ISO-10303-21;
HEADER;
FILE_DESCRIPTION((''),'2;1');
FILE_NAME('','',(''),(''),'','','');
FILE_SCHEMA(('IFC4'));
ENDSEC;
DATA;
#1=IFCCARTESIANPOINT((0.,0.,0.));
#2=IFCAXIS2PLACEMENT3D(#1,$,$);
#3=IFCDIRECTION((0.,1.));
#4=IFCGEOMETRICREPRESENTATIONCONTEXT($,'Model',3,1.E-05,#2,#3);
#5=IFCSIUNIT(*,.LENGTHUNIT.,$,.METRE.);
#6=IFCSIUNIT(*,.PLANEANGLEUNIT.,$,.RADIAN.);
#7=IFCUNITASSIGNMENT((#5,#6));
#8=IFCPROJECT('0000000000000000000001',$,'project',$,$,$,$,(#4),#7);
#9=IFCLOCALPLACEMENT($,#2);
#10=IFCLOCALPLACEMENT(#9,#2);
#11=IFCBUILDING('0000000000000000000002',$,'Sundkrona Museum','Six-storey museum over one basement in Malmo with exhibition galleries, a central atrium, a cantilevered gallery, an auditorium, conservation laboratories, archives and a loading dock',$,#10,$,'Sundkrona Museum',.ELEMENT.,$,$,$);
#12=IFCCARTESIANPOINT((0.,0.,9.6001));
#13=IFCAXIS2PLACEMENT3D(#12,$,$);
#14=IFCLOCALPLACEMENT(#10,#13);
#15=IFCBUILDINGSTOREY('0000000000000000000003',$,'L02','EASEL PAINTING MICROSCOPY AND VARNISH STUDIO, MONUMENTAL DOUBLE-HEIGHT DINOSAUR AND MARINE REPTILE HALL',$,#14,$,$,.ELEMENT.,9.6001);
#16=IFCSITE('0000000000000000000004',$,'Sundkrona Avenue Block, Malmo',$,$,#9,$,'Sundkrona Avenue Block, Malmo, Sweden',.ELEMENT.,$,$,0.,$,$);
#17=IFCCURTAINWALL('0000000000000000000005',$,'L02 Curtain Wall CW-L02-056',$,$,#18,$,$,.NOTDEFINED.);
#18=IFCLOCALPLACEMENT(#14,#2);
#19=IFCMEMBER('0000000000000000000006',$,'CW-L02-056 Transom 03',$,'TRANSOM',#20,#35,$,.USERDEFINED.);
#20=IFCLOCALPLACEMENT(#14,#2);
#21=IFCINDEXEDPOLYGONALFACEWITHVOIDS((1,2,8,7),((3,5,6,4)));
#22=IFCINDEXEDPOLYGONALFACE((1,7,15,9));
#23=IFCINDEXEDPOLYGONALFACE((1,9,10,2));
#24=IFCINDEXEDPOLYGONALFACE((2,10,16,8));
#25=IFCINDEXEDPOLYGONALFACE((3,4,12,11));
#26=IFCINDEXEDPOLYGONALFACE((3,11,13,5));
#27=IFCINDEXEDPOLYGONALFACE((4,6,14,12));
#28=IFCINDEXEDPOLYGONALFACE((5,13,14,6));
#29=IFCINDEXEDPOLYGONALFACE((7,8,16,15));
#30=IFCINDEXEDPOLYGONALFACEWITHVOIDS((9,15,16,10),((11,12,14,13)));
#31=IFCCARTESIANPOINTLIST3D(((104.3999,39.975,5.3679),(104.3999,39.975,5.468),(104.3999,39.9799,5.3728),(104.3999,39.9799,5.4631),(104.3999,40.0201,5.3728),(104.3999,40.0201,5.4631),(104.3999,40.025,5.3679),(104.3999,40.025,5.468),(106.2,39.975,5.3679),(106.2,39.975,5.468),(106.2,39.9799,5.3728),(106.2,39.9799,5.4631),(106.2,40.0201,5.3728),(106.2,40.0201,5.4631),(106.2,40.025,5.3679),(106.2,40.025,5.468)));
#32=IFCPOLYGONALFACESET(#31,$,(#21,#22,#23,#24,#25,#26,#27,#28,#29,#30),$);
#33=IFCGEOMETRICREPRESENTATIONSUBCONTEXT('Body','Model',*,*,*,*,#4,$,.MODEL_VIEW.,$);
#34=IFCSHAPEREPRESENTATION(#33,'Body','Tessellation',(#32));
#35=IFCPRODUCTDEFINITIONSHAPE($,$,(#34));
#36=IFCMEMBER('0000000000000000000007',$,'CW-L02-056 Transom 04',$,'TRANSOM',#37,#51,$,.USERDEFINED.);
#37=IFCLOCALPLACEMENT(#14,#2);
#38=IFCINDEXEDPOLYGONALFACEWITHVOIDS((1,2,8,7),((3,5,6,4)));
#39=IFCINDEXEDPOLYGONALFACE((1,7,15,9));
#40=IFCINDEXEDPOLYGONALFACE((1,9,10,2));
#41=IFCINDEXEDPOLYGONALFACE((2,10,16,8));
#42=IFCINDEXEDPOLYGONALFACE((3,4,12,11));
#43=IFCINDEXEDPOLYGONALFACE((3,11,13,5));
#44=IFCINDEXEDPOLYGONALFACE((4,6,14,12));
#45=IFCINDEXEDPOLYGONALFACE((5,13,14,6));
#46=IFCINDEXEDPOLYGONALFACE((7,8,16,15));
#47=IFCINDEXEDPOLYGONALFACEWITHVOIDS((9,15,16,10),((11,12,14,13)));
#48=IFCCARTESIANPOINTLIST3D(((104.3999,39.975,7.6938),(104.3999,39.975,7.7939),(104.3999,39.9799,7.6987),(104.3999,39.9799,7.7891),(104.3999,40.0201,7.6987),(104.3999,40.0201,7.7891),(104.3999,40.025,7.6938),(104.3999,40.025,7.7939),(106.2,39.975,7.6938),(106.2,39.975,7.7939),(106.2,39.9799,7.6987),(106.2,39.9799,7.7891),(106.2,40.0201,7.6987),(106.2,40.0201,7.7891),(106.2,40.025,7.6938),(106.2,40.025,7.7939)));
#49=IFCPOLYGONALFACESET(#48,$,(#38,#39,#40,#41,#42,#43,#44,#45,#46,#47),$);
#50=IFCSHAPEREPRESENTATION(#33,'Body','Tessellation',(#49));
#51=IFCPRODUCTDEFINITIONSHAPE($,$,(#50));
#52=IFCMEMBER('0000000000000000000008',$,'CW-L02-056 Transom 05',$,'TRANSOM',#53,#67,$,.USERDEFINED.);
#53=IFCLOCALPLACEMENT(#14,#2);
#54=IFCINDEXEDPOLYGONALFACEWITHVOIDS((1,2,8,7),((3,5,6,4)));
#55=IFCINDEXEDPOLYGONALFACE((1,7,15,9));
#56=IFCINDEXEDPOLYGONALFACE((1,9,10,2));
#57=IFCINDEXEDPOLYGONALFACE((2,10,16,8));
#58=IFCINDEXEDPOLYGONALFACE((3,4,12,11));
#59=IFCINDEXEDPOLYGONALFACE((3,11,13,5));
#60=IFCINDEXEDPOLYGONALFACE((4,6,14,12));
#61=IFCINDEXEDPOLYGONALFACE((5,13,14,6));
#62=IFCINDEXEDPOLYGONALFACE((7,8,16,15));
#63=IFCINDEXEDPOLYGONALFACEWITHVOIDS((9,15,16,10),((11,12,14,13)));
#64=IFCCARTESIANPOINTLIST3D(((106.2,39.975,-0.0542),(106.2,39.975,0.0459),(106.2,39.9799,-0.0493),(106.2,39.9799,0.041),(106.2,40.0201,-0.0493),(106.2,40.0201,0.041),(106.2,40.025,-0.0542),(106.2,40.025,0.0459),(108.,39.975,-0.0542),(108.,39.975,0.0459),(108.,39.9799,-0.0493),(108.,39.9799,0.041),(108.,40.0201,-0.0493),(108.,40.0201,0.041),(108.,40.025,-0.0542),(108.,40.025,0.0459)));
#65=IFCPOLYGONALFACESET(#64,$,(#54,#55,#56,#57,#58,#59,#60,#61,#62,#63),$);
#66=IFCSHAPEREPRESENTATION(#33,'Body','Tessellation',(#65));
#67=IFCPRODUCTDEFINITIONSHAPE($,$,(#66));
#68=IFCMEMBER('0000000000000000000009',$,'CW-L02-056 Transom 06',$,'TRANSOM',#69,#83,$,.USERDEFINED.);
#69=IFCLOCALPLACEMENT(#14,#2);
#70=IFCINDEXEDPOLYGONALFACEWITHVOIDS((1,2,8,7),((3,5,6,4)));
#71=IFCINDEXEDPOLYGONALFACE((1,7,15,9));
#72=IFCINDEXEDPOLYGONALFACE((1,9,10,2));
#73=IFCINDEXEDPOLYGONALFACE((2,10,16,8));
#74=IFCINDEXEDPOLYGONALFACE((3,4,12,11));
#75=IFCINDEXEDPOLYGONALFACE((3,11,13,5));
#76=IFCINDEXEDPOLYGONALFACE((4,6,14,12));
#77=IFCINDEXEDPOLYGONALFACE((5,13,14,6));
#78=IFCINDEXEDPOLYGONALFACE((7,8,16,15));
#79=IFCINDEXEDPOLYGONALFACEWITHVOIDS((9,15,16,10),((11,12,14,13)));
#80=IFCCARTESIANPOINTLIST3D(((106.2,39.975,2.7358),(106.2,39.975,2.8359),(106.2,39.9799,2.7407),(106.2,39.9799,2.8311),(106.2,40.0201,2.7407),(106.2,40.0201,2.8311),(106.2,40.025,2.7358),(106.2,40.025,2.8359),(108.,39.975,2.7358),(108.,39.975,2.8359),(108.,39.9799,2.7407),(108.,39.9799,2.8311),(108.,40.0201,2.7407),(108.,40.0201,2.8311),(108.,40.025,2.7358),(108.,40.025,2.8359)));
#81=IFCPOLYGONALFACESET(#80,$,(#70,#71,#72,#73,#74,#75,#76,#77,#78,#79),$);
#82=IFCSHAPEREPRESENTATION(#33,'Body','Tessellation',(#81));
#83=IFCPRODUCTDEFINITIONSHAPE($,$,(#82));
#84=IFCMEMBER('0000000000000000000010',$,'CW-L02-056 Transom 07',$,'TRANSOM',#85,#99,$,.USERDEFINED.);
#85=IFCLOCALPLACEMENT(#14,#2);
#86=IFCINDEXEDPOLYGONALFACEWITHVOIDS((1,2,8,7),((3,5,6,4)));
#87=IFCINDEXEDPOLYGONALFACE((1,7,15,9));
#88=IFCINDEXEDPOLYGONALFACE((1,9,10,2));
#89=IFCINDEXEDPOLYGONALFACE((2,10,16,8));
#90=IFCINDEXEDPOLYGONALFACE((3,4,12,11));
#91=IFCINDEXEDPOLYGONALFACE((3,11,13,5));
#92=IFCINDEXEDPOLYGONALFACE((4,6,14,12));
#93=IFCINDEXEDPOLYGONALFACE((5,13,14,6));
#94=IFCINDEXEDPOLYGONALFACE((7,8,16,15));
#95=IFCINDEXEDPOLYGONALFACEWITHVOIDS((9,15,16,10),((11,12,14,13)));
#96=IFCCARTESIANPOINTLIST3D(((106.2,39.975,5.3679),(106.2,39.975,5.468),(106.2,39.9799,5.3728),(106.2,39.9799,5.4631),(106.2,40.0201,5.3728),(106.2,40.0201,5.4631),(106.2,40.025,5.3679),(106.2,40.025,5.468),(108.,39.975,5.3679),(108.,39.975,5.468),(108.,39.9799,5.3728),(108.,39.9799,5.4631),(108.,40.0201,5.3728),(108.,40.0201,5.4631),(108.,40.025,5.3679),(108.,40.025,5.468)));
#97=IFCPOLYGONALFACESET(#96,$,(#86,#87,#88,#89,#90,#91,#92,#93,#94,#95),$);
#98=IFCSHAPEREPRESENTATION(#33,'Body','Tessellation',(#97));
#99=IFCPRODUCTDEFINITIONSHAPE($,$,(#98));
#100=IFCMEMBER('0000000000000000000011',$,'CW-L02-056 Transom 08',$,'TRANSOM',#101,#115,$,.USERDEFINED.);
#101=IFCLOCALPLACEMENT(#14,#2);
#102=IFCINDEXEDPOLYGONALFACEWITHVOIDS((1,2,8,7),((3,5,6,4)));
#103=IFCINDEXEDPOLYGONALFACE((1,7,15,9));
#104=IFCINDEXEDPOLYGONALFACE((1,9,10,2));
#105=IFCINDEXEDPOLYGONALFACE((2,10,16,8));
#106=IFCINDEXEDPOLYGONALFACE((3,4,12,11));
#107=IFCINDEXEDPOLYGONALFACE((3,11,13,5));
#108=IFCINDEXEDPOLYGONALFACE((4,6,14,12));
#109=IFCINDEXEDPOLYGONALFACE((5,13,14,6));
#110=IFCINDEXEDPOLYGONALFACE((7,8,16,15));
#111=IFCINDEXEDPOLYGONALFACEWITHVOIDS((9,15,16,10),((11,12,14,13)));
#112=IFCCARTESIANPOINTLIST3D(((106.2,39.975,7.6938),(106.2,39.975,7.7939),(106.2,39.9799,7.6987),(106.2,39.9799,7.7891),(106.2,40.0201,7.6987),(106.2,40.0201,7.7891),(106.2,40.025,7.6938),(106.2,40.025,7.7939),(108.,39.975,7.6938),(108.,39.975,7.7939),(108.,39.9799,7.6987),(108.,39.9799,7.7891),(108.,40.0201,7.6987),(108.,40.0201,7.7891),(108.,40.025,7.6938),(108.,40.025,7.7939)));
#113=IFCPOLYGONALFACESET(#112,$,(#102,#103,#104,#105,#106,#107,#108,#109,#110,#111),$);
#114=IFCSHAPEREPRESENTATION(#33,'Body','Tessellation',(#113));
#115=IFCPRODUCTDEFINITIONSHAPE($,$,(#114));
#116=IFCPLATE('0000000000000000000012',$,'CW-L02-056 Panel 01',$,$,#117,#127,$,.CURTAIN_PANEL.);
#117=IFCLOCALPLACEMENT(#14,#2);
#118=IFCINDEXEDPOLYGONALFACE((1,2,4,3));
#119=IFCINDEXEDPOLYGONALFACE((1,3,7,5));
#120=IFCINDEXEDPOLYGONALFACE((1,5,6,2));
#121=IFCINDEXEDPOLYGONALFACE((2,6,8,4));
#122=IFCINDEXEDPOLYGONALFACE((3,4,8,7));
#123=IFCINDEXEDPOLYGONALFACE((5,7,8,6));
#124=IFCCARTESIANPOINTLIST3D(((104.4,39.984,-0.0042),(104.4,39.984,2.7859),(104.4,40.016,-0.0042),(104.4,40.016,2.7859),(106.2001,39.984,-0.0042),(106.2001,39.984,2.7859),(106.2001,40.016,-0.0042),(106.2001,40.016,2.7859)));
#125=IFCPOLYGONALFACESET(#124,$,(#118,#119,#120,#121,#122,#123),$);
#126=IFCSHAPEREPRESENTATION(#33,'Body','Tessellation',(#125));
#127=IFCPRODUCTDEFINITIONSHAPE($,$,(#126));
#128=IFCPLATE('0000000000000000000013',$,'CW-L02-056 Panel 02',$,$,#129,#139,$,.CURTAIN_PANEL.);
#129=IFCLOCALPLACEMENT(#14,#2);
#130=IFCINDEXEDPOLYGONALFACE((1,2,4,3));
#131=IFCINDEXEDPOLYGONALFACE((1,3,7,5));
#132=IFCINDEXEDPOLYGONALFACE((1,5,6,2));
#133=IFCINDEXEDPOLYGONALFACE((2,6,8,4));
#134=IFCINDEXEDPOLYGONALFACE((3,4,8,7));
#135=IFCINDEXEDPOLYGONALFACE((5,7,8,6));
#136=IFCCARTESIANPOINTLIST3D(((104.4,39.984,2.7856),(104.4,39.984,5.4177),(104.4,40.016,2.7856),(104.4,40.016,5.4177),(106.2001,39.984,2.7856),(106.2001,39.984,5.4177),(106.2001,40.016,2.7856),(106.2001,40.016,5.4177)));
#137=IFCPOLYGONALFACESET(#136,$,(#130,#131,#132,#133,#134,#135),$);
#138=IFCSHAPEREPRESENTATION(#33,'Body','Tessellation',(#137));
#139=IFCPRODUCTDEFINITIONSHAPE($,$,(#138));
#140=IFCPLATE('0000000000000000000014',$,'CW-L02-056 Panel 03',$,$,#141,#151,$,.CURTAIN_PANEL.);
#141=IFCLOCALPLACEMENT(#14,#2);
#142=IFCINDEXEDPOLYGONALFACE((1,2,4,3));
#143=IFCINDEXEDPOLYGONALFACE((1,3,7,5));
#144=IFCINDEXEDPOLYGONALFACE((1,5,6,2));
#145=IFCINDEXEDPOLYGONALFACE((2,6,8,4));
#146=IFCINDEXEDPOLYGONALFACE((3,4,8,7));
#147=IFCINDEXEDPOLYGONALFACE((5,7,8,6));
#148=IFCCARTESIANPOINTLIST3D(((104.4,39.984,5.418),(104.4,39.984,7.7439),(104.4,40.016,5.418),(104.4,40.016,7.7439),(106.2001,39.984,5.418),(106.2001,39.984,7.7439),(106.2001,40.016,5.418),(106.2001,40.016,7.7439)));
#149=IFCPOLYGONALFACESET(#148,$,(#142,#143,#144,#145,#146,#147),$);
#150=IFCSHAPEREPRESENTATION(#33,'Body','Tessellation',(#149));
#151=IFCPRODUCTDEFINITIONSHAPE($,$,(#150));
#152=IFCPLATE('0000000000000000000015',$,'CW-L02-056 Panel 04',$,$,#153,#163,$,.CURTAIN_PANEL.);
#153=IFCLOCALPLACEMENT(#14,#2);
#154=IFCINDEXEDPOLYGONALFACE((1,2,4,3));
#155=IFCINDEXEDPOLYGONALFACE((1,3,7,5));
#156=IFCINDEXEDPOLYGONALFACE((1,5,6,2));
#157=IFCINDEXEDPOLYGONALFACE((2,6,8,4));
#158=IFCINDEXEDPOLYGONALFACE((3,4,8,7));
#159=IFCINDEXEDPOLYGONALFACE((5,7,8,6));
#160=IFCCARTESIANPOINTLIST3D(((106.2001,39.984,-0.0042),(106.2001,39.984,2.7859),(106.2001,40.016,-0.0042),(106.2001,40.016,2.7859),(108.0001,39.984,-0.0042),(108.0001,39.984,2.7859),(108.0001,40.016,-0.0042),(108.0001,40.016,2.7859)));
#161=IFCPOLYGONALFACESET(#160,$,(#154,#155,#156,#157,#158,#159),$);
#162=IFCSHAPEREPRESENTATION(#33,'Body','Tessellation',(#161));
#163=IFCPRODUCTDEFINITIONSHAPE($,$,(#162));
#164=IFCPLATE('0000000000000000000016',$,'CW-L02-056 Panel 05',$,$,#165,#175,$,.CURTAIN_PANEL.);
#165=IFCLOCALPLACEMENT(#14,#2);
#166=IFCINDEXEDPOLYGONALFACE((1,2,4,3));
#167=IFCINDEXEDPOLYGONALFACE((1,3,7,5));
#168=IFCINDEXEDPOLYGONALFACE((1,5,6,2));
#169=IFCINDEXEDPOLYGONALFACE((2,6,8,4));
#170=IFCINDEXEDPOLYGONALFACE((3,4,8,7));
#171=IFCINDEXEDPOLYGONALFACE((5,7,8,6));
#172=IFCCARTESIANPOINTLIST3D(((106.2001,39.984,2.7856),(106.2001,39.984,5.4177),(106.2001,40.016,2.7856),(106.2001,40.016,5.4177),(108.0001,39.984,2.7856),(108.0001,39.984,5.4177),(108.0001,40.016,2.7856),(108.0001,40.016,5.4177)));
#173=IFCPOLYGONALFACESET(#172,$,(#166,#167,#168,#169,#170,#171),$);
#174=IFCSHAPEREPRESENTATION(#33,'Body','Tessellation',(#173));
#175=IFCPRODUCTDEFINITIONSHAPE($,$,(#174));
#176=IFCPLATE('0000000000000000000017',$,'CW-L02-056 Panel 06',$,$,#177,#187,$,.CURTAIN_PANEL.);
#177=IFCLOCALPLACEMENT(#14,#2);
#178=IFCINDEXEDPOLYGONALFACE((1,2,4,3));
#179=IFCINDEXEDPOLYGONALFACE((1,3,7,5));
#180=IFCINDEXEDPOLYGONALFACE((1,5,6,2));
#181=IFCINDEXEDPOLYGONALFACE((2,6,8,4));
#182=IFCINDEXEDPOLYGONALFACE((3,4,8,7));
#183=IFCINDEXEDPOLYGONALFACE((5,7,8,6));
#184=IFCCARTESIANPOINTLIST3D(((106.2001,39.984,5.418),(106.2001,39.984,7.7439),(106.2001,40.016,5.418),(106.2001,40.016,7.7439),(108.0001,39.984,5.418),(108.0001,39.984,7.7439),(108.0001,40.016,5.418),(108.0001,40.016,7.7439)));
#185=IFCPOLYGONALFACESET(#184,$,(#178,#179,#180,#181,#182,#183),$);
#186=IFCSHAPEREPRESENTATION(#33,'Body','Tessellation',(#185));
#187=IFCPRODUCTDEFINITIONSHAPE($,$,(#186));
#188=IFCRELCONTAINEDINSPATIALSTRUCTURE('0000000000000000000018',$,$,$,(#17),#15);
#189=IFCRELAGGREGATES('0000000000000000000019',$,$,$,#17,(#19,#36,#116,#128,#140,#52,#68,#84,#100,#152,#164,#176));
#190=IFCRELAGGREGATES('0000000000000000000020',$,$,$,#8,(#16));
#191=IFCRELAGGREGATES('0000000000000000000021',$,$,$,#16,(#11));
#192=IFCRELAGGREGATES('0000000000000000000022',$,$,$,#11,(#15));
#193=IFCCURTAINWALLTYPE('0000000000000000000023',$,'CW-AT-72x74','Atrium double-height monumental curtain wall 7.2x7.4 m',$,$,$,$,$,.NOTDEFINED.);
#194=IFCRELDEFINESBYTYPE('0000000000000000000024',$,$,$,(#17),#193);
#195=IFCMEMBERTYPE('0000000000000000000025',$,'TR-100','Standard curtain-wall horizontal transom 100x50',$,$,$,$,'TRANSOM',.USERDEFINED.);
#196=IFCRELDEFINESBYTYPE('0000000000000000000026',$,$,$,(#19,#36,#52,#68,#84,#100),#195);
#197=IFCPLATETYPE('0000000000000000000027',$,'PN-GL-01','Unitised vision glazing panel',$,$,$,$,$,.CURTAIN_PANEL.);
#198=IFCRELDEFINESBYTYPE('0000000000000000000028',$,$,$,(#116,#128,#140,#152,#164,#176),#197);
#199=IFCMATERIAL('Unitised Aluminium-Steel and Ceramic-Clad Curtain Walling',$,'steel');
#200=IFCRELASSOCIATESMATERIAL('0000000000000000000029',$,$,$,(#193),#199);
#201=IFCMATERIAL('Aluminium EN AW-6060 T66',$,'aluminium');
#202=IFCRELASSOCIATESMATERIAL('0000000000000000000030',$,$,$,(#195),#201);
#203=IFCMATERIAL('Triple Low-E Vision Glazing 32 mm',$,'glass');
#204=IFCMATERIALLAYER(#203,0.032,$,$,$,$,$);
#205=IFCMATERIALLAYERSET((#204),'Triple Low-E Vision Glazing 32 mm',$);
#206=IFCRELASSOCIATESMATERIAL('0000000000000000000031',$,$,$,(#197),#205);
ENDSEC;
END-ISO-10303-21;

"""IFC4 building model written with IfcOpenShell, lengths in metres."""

from ifc_helpers import new_model, si_unit, direction, frame, origin, origin_2d, place, context, subcontext, project, spatial, rectangle, hollow_rectangle, extrude, material, layer, layer_set, material_profile, profile_set, type_object, element, aggregate, save


model = new_model("IFC4")

# Units and contexts
model_context = context("Model", 3, precision=1e-05, world=origin(), true_north=direction((0.0, 1.0)))
body_context = subcontext(model_context, "Body", "Model", "MODEL_VIEW")
ifc_project = project(units=[si_unit("LENGTHUNIT", "METRE"), si_unit("PLANEANGLEUNIT", "RADIAN")], contexts=[model_context])

# Site, building, storey
site_placement = place(None, origin())
site = spatial("IfcSite", under=ifc_project, at=site_placement, Name="Sundkrona Avenue Block, Malmo", LongName="Sundkrona Avenue Block, Malmo, Sweden", CompositionType="ELEMENT", RefElevation=0.0)
building_placement = place(site_placement, origin())
building = spatial("IfcBuilding", under=site, at=building_placement, Name="Sundkrona Museum", Description="Six-storey museum over one basement in Malmo with exhibition galleries, a central atrium, a cantilevered gallery, an auditorium, conservation laboratories, archives and a loading dock", LongName="Sundkrona Museum", CompositionType="ELEMENT")
storey_placement = place(building_placement, frame((0.0, 0.0, 9.6001)))
storey = spatial("IfcBuildingStorey", under=building, at=storey_placement, Name="L02", Description="EASEL PAINTING MICROSCOPY AND VARNISH STUDIO, MONUMENTAL DOUBLE-HEIGHT DINOSAUR AND MARINE REPTILE HALL", CompositionType="ELEMENT", Elevation=9.6001)

# Curtain wall
ifc_material_1 = material(Name="Unitised Aluminium-Steel and Ceramic-Clad Curtain Walling", Category="steel")
curtain_wall_type = type_object("IfcCurtainWallType", Name="CW-AT-72x74", Description="Atrium double-height monumental curtain wall 7.2x7.4 m", PredefinedType="NOTDEFINED", material=ifc_material_1)
curtain_wall_placement = place(storey_placement, origin())
curtain_wall = element("IfcCurtainWall", 1, at=curtain_wall_placement, inside=storey, type_object=curtain_wall_type, Name="L02 Curtain Wall CW-L02-056", PredefinedType="NOTDEFINED")
ifc_material_2 = material(Name="Aluminium EN AW-6060 T66", Category="aluminium")

# Members
ifc_material_profile_1 = material_profile(ifc_material_2, hollow_rectangle(XDim=0.05, YDim=0.1001, WallThickness=0.0049, at=origin_2d()), Name="RHS 100x50x5.0")
ifc_profile_set_1 = profile_set([ifc_material_profile_1], Name="Aluminium EN AW-6060 T66")
member_type_1 = type_object("IfcMemberType", Name="TR-100", Description="Standard curtain-wall horizontal transom 100x50", ElementType="TRANSOM", PredefinedType="USERDEFINED", material=ifc_profile_set_1)
member_1_placement = place(storey_placement, frame((104.3999, 40.0, 5.418), z_axis=(1.0, 0.0, 0.0), x_axis=(0.0, 1.0, 0.0)))
member_1 = element("IfcMember", 2, at=member_1_placement, type_object=member_type_1, Name="CW-L02-056 Transom 03", ObjectType="TRANSOM", PredefinedType="USERDEFINED", context=body_context, shape_type="SweptSolid", body=[
    extrude(hollow_rectangle(XDim=0.05, YDim=0.1001, WallThickness=0.0049, at=origin_2d()), origin(), (0.0, 0.0, 1.0), 1.8),
])
member_2_placement = place(storey_placement, frame((104.3999, 40.0, 7.7439), z_axis=(1.0, 0.0, 0.0), x_axis=(0.0, 1.0, 0.0)))
member_2 = element("IfcMember", 3, at=member_2_placement, type_object=member_type_1, Name="CW-L02-056 Transom 04", ObjectType="TRANSOM", PredefinedType="USERDEFINED", context=body_context, shape_type="SweptSolid", body=[
    extrude(hollow_rectangle(XDim=0.05, YDim=0.1001, WallThickness=0.0049, at=origin_2d()), origin(), (0.0, 0.0, 1.0), 1.8),
])
member_3_placement = place(storey_placement, frame((106.2, 40.0, -0.0042), z_axis=(1.0, 0.0, 0.0), x_axis=(0.0, 1.0, 0.0)))
member_3 = element("IfcMember", 4, at=member_3_placement, type_object=member_type_1, Name="CW-L02-056 Transom 05", ObjectType="TRANSOM", PredefinedType="USERDEFINED", context=body_context, shape_type="SweptSolid", body=[
    extrude(hollow_rectangle(XDim=0.05, YDim=0.1001, WallThickness=0.0049, at=origin_2d()), origin(), (0.0, 0.0, 1.0), 1.8),
])
member_4_placement = place(storey_placement, frame((106.2, 40.0, 2.7859), z_axis=(1.0, 0.0, 0.0), x_axis=(0.0, 1.0, 0.0)))
member_4 = element("IfcMember", 5, at=member_4_placement, type_object=member_type_1, Name="CW-L02-056 Transom 06", ObjectType="TRANSOM", PredefinedType="USERDEFINED", context=body_context, shape_type="SweptSolid", body=[
    extrude(hollow_rectangle(XDim=0.05, YDim=0.1001, WallThickness=0.0049, at=origin_2d()), origin(), (0.0, 0.0, 1.0), 1.8),
])
member_5_placement = place(storey_placement, frame((106.2, 40.0, 5.418), z_axis=(1.0, 0.0, 0.0), x_axis=(0.0, 1.0, 0.0)))
member_5 = element("IfcMember", 6, at=member_5_placement, type_object=member_type_1, Name="CW-L02-056 Transom 07", ObjectType="TRANSOM", PredefinedType="USERDEFINED", context=body_context, shape_type="SweptSolid", body=[
    extrude(hollow_rectangle(XDim=0.05, YDim=0.1001, WallThickness=0.0049, at=origin_2d()), origin(), (0.0, 0.0, 1.0), 1.8),
])
member_6_placement = place(storey_placement, frame((106.2, 40.0, 7.7439), z_axis=(1.0, 0.0, 0.0), x_axis=(0.0, 1.0, 0.0)))
member_6 = element("IfcMember", 7, at=member_6_placement, type_object=member_type_1, Name="CW-L02-056 Transom 08", ObjectType="TRANSOM", PredefinedType="USERDEFINED", context=body_context, shape_type="SweptSolid", body=[
    extrude(hollow_rectangle(XDim=0.05, YDim=0.1001, WallThickness=0.0049, at=origin_2d()), origin(), (0.0, 0.0, 1.0), 1.8),
])

# Plates
ifc_material_3 = material(Name="Triple Low-E Vision Glazing 32 mm", Category="glass")
ifc_layer = layer(ifc_material_3, 0.032)
ifc_layer_set = layer_set([ifc_layer], Name="Triple Low-E Vision Glazing 32 mm")
plate_type = type_object("IfcPlateType", Name="PN-GL-01", Description="Unitised vision glazing panel", PredefinedType="CURTAIN_PANEL", material=ifc_layer_set)
plate_1_placement = place(storey_placement, frame((105.3, 40.0, -0.0042), z_axis=(0.0, 0.0, 1.0), x_axis=(1.0, 0.0, 0.0)))
plate_1 = element("IfcPlate", 8, at=plate_1_placement, type_object=plate_type, Name="CW-L02-056 Panel 01", PredefinedType="CURTAIN_PANEL", context=body_context, shape_type="SweptSolid", body=[
    extrude(rectangle(XDim=1.8, YDim=0.032, at=origin_2d()), origin(), (0.0, 0.0, 1.0), 2.79),
])
plate_2_placement = place(storey_placement, frame((105.3, 40.0, 2.7856), z_axis=(0.0, 0.0, 1.0), x_axis=(1.0, 0.0, 0.0)))
plate_2 = element("IfcPlate", 9, at=plate_2_placement, type_object=plate_type, Name="CW-L02-056 Panel 02", PredefinedType="CURTAIN_PANEL", context=body_context, shape_type="SweptSolid", body=[
    extrude(rectangle(XDim=1.8, YDim=0.032, at=origin_2d()), origin(), (0.0, 0.0, 1.0), 2.6321),
])
plate_3_placement = place(storey_placement, frame((105.3, 40.0, 5.418), z_axis=(0.0, 0.0, 1.0), x_axis=(1.0, 0.0, 0.0)))
plate_3 = element("IfcPlate", 10, at=plate_3_placement, type_object=plate_type, Name="CW-L02-056 Panel 03", PredefinedType="CURTAIN_PANEL", context=body_context, shape_type="SweptSolid", body=[
    extrude(rectangle(XDim=1.8, YDim=0.032, at=origin_2d()), origin(), (0.0, 0.0, 1.0), 2.3259),
])
plate_4_placement = place(storey_placement, frame((107.1001, 40.0, -0.0042), z_axis=(0.0, 0.0, 1.0), x_axis=(1.0, 0.0, 0.0)))
plate_4 = element("IfcPlate", 11, at=plate_4_placement, type_object=plate_type, Name="CW-L02-056 Panel 04", PredefinedType="CURTAIN_PANEL", context=body_context, shape_type="SweptSolid", body=[
    extrude(rectangle(XDim=1.8, YDim=0.032, at=origin_2d()), origin(), (0.0, 0.0, 1.0), 2.79),
])
plate_5_placement = place(storey_placement, frame((107.1001, 40.0, 2.7856), z_axis=(0.0, 0.0, 1.0), x_axis=(1.0, 0.0, 0.0)))
plate_5 = element("IfcPlate", 12, at=plate_5_placement, type_object=plate_type, Name="CW-L02-056 Panel 05", PredefinedType="CURTAIN_PANEL", context=body_context, shape_type="SweptSolid", body=[
    extrude(rectangle(XDim=1.8, YDim=0.032, at=origin_2d()), origin(), (0.0, 0.0, 1.0), 2.6321),
])
plate_6_placement = place(storey_placement, frame((107.1001, 40.0, 5.418), z_axis=(0.0, 0.0, 1.0), x_axis=(1.0, 0.0, 0.0)))
plate_6 = element("IfcPlate", 13, at=plate_6_placement, type_object=plate_type, Name="CW-L02-056 Panel 06", PredefinedType="CURTAIN_PANEL", context=body_context, shape_type="SweptSolid", body=[
    extrude(rectangle(XDim=1.8, YDim=0.032, at=origin_2d()), origin(), (0.0, 0.0, 1.0), 2.3259),
])
aggregate(curtain_wall, [member_1, member_2, plate_1, plate_2, plate_3, member_3, member_4, member_5, member_6, plate_4, plate_5, plate_6])

save(model, "model.ifc")
